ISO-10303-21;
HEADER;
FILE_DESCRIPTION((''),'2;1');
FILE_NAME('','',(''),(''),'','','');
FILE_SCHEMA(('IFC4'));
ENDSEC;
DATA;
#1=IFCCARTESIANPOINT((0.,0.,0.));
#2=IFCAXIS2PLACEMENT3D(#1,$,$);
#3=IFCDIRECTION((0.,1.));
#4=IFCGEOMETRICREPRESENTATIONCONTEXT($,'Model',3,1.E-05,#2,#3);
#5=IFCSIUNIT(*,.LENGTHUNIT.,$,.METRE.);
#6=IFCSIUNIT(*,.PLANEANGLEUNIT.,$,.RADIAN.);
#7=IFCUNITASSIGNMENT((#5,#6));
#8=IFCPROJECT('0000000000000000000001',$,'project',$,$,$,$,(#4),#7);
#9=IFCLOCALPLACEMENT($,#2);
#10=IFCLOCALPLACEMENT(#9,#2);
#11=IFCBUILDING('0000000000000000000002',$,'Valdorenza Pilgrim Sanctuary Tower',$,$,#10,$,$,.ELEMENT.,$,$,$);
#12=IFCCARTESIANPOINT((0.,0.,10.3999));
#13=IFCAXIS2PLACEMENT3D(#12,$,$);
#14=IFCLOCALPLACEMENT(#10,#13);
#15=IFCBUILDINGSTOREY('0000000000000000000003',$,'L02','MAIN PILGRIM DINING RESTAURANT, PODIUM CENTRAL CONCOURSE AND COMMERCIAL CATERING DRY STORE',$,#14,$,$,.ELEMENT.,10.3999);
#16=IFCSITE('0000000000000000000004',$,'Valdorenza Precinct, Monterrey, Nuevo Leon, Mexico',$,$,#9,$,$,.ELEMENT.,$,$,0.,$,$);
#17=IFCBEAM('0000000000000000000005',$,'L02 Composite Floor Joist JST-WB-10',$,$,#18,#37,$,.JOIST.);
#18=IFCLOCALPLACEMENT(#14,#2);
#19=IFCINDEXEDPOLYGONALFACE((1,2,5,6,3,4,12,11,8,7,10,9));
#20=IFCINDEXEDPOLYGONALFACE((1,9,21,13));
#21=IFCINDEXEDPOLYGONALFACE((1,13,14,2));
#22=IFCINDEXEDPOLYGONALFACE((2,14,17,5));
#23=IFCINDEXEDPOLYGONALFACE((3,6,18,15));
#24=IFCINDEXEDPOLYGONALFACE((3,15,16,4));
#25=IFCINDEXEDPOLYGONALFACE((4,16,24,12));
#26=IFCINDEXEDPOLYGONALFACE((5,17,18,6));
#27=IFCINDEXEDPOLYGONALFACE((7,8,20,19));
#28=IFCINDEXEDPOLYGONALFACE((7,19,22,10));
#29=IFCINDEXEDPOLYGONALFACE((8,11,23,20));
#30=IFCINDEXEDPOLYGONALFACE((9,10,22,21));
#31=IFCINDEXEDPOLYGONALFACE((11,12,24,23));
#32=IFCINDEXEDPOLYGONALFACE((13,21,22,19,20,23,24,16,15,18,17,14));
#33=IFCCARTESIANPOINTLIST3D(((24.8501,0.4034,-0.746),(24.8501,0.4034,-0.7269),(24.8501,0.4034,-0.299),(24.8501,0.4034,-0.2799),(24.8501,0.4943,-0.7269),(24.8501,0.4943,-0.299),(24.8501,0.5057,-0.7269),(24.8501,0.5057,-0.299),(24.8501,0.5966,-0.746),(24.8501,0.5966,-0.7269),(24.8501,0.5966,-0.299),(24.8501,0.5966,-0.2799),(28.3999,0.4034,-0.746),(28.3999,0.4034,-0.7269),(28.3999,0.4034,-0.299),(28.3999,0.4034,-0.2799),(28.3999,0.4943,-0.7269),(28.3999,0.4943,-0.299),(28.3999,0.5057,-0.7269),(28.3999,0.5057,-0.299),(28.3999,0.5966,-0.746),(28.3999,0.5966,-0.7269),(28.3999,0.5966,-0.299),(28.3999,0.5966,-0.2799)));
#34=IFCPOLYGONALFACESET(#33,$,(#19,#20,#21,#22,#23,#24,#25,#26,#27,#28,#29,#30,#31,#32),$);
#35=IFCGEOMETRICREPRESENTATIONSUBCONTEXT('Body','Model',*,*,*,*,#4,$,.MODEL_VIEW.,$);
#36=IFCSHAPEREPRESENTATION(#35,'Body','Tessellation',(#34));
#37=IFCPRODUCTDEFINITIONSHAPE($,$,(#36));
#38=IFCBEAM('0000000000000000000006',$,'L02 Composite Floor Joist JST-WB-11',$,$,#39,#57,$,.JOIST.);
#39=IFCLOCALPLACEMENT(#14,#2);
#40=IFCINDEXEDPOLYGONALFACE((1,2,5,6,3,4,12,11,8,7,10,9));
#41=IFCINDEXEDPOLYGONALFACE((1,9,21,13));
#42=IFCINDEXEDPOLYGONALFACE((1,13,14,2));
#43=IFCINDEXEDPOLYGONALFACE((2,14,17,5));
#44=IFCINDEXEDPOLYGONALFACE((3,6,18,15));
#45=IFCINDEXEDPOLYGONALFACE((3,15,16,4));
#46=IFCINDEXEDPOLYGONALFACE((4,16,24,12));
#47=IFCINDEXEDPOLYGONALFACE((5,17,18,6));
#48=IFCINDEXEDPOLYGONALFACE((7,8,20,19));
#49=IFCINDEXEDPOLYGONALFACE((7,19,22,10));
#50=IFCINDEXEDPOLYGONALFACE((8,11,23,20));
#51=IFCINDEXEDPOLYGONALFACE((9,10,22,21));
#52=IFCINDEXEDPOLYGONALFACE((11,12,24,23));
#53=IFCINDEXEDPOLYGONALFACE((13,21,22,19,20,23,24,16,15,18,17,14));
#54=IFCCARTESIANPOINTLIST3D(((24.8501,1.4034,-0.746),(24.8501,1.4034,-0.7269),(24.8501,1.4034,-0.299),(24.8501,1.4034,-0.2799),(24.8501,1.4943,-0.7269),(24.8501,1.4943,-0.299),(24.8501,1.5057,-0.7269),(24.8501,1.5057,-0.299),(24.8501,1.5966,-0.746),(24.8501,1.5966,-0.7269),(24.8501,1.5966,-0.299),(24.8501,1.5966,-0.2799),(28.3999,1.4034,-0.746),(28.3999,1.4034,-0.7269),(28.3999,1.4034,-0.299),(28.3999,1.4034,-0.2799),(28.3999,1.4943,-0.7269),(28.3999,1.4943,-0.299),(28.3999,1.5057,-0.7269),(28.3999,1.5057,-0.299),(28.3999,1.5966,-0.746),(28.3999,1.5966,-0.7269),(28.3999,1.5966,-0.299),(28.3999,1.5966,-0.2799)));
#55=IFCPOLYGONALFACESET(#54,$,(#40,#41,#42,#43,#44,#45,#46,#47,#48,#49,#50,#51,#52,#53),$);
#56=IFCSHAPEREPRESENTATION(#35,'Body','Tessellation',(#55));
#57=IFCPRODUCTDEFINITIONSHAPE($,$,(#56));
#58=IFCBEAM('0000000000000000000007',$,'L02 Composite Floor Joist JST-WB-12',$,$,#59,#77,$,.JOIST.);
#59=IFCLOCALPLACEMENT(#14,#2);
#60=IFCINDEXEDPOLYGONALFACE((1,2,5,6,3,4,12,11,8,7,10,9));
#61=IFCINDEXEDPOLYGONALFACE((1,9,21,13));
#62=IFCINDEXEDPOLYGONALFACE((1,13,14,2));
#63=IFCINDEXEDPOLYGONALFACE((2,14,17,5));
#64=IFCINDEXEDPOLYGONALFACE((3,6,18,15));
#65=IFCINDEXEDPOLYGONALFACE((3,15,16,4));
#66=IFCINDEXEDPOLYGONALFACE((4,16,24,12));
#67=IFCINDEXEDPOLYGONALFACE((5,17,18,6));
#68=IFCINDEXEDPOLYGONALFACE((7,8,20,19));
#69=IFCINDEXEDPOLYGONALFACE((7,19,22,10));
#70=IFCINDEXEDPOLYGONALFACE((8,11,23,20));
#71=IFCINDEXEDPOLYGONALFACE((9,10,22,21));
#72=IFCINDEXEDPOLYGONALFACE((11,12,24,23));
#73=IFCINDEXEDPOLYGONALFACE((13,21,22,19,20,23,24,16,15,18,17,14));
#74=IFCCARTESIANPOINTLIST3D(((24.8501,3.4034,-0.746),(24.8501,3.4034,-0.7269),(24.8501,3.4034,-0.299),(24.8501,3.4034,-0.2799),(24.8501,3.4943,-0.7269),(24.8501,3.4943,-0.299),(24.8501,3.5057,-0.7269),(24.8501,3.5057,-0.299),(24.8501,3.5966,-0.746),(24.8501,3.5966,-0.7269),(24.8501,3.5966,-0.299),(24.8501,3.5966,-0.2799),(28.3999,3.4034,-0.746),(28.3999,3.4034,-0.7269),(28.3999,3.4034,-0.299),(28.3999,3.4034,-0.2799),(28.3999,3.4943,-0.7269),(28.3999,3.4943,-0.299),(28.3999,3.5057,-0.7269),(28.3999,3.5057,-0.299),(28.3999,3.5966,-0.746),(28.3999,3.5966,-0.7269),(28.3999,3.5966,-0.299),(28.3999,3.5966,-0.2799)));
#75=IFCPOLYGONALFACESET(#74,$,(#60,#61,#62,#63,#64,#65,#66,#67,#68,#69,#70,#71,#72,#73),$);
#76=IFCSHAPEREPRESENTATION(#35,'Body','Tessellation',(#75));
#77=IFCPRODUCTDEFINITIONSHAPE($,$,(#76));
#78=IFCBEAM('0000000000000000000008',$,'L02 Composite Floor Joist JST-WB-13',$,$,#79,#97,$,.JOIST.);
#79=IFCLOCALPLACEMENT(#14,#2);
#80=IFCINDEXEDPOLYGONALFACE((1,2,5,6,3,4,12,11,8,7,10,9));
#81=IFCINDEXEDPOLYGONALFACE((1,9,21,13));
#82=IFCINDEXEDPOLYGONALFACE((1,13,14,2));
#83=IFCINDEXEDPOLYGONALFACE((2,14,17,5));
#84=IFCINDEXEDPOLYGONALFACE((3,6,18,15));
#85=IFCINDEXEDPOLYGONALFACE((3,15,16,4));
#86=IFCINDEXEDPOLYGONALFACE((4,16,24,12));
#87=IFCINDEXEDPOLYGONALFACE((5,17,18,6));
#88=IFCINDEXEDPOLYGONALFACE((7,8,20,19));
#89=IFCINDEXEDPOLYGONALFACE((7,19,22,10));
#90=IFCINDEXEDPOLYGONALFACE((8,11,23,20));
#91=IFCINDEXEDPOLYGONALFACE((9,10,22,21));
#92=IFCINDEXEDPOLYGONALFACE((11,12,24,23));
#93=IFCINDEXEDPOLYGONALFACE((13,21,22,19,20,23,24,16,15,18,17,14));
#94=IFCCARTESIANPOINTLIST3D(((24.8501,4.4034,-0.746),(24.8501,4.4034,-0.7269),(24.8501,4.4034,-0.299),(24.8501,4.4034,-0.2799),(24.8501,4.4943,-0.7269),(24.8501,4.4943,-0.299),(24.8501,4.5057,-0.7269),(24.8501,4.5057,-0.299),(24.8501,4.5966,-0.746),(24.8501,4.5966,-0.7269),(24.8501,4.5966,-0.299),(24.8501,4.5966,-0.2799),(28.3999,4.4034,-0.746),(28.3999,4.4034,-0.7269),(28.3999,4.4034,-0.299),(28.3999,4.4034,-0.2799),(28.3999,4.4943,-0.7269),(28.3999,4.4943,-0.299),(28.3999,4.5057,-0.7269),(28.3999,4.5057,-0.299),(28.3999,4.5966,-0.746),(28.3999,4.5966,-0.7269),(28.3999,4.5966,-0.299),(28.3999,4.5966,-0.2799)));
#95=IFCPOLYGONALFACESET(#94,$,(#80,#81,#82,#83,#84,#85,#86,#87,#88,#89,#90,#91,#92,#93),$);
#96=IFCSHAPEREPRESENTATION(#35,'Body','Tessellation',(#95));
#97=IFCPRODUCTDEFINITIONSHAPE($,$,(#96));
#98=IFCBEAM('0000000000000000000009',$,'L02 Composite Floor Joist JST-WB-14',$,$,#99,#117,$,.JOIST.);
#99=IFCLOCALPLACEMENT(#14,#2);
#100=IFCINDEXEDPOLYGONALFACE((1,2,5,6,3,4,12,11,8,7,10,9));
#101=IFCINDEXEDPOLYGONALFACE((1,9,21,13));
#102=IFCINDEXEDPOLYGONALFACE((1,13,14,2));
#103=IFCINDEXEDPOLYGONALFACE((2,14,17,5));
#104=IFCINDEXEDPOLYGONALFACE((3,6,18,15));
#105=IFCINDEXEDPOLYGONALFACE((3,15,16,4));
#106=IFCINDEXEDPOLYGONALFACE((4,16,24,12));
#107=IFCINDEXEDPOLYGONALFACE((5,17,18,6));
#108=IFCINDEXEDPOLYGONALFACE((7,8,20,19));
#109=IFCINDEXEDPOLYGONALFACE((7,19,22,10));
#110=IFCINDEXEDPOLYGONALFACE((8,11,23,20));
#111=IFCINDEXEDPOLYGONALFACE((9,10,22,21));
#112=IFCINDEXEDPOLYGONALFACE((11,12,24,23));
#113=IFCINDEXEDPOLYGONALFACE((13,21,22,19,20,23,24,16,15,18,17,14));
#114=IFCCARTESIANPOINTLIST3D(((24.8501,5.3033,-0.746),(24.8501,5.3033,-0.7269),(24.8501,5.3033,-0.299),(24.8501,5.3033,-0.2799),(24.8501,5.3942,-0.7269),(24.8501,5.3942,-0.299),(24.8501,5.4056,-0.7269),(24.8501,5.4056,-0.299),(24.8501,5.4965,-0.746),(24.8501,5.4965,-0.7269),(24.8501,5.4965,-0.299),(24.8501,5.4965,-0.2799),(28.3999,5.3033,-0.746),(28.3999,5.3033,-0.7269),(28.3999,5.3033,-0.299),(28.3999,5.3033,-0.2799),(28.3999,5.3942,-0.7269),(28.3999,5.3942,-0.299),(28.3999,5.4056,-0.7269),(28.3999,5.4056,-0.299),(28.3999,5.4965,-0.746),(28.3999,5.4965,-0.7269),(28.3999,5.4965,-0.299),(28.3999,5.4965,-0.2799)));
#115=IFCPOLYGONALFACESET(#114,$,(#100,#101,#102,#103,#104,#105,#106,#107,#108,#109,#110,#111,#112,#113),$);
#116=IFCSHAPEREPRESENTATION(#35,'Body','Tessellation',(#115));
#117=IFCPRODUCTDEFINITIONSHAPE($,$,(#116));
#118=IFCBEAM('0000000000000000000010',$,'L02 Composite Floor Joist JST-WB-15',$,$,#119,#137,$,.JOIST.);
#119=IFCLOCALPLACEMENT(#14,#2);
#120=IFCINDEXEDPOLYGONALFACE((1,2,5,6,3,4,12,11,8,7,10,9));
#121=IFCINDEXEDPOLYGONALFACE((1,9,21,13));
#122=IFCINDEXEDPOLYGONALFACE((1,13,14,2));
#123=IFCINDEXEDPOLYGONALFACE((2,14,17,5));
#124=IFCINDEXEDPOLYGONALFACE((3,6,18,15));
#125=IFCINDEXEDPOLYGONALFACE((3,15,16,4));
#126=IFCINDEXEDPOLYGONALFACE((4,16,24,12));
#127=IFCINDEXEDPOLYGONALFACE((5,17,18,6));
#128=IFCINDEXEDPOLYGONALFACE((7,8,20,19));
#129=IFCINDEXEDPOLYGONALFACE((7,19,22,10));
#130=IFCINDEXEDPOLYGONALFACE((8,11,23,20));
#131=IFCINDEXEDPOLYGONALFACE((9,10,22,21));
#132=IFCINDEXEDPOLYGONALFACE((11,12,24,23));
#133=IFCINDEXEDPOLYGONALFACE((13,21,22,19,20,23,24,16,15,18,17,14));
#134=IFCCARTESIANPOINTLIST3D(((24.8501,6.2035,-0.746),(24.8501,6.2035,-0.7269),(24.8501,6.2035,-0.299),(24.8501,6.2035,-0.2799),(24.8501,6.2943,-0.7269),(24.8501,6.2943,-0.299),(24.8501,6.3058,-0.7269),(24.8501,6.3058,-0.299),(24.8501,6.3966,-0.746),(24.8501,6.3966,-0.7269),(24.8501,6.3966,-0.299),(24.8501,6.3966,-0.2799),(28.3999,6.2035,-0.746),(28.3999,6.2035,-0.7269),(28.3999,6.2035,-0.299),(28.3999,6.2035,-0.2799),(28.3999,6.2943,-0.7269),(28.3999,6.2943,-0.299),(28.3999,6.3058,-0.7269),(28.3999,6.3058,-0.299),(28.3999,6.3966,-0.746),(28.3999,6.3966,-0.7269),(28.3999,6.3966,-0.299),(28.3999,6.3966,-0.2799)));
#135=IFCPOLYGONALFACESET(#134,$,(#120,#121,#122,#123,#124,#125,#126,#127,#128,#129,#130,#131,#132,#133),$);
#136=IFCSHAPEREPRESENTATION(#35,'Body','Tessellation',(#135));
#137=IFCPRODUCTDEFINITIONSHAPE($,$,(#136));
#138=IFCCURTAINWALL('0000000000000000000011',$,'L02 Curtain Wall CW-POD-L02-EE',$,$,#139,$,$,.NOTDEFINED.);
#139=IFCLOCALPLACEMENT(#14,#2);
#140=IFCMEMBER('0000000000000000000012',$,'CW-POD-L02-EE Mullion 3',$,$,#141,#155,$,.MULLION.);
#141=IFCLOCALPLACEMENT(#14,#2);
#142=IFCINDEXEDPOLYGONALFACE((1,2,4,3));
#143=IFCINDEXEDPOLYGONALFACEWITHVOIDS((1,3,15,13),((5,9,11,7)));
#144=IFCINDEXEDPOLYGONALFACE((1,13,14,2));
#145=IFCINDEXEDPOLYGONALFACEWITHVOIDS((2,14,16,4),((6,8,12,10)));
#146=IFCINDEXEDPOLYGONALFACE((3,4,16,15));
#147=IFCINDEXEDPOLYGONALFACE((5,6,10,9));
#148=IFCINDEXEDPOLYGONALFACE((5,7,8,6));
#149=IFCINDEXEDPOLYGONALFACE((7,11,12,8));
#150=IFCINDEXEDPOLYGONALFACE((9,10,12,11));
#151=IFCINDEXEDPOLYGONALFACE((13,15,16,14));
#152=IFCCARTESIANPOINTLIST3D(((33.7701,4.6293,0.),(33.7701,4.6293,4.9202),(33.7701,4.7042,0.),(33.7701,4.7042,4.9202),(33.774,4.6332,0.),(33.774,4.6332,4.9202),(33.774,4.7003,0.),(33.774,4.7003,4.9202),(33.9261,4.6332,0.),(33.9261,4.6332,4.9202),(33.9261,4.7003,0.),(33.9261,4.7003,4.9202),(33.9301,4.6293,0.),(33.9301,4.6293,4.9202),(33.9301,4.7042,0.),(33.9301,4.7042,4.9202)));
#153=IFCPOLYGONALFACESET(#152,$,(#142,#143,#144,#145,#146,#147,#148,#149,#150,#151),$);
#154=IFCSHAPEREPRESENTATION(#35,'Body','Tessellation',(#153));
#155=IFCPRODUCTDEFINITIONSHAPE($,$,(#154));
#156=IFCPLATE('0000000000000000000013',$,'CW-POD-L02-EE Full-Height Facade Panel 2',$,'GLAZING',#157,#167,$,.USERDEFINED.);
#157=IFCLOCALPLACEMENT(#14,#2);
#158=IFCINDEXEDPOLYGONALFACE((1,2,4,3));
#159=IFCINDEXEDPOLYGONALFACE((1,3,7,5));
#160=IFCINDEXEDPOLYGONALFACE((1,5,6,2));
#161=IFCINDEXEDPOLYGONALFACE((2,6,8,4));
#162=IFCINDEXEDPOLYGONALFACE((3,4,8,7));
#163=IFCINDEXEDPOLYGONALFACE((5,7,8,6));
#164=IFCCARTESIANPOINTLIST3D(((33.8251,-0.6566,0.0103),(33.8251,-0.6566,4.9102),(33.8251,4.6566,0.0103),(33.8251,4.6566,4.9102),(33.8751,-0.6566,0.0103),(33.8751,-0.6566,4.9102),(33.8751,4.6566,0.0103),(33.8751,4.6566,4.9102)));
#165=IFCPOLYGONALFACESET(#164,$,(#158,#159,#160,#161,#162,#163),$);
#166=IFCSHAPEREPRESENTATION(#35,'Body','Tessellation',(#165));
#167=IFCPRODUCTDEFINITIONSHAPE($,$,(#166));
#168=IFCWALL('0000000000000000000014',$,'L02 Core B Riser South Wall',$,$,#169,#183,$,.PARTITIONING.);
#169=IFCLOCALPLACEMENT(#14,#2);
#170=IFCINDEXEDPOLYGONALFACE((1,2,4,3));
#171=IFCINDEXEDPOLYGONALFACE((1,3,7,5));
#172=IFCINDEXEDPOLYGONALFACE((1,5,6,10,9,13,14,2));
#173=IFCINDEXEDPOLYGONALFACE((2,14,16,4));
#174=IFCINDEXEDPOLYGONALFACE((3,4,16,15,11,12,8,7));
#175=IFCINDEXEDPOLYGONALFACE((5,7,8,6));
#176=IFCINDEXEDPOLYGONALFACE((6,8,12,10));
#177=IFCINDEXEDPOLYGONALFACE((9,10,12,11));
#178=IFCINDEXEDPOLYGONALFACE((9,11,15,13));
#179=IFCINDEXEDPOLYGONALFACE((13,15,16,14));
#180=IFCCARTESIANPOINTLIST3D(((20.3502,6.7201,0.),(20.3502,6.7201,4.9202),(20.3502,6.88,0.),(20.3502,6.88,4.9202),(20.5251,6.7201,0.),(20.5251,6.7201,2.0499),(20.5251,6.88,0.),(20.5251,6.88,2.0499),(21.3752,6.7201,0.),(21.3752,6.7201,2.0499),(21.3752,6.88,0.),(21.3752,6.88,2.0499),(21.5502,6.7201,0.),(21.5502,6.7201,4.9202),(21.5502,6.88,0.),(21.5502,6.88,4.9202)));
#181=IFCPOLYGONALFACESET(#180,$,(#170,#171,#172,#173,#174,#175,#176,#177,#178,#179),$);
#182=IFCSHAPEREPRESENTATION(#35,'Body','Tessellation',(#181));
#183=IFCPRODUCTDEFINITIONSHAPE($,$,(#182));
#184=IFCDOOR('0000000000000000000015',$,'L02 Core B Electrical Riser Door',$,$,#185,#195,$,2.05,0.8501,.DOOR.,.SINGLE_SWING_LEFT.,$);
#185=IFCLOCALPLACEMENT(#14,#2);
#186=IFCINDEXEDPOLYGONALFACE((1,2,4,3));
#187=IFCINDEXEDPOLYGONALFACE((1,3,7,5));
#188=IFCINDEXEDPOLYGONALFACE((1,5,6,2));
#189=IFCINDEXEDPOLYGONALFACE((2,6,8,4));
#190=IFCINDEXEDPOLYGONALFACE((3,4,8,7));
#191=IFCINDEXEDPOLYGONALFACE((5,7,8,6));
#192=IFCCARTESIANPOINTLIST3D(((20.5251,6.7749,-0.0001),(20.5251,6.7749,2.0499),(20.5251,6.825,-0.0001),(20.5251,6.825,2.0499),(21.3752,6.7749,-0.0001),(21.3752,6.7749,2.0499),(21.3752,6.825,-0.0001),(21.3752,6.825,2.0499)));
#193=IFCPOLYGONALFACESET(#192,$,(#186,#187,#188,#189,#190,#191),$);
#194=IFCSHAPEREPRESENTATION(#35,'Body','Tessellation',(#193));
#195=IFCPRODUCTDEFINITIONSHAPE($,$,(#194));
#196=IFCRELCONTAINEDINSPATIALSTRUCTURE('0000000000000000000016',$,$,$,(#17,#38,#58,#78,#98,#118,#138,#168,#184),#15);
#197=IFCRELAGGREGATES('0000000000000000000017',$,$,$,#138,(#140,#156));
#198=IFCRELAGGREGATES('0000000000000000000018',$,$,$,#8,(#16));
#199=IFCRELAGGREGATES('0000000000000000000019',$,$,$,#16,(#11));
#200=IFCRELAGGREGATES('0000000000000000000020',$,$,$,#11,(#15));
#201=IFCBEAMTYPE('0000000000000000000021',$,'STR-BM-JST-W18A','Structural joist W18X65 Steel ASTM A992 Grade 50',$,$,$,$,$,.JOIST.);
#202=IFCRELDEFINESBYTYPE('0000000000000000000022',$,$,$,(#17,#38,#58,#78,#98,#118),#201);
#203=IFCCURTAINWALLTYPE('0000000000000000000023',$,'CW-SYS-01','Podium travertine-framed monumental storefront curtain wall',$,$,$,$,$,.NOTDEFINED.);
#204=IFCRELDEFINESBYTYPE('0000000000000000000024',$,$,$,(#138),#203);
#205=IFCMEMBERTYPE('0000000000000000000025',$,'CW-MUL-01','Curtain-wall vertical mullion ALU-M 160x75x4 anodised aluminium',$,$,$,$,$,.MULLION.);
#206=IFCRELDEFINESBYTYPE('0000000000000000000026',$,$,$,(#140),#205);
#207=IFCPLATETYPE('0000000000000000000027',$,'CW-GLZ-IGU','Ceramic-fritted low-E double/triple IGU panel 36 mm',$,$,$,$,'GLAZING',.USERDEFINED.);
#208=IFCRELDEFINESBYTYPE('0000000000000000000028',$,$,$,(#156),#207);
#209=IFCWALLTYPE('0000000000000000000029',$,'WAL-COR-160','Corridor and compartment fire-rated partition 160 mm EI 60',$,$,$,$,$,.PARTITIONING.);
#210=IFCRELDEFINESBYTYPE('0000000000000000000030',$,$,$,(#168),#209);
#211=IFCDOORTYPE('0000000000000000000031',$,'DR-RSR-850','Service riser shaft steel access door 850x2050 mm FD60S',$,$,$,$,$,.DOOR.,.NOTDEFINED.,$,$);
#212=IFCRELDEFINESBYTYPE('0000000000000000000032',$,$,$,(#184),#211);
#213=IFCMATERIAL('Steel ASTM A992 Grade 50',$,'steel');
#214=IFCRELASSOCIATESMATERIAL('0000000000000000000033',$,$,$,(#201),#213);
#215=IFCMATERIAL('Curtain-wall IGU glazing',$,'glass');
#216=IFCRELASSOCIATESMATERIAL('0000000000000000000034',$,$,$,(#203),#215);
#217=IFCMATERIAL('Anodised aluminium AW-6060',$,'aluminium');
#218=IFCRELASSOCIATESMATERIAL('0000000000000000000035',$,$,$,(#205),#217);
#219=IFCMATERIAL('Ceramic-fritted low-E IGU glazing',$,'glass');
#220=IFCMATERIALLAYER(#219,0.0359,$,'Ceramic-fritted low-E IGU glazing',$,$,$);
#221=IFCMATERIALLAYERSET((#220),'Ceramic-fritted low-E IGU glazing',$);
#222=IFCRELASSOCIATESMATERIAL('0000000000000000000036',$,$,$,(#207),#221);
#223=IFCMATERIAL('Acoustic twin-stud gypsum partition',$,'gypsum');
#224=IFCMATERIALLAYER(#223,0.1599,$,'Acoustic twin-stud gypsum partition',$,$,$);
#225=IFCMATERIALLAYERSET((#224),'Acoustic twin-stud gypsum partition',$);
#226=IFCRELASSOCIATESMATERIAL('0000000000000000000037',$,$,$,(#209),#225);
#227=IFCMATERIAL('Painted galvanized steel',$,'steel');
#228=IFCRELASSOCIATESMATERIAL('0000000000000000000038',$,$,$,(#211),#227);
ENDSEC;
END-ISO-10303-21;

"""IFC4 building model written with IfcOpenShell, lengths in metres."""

from ifc_helpers import new_model, si_unit, direction, frame, frame_2d, origin, origin_2d, place, context, subcontext, project, spatial, rectangle, hollow_rectangle, i_section, extrude, source, transform, mapped, material, layer, layer_set, material_profile, profile_set, type_object, element, fill, aggregate, save


model = new_model("IFC4")

# Units and contexts
model_context = context("Model", 3, precision=1e-05, world=origin(), true_north=direction((0.0, 1.0)))
body_context = subcontext(model_context, "Body", "Model", "MODEL_VIEW")
ifc_project = project(units=[si_unit("LENGTHUNIT", "METRE"), si_unit("PLANEANGLEUNIT", "RADIAN")], contexts=[model_context])

# Site, building, storey
site_placement = place(None, origin())
site = spatial("IfcSite", under=ifc_project, at=site_placement, Name="Valdorenza Precinct, Monterrey, Nuevo Leon, Mexico", CompositionType="ELEMENT", RefElevation=0.0)
building_placement = place(site_placement, origin())
building = spatial("IfcBuilding", under=site, at=building_placement, Name="Valdorenza Pilgrim Sanctuary Tower", CompositionType="ELEMENT")
storey_placement = place(building_placement, frame((0.0, 0.0, 10.3999)))
storey = spatial("IfcBuildingStorey", under=building, at=storey_placement, Name="L02", Description="MAIN PILGRIM DINING RESTAURANT, PODIUM CENTRAL CONCOURSE AND COMMERCIAL CATERING DRY STORE", CompositionType="ELEMENT", Elevation=10.3999)

# Beams
ifc_material_1 = material(Name="Steel ASTM A992 Grade 50", Category="steel")
ifc_material_profile_1 = material_profile(ifc_material_1, i_section(OverallWidth=0.1931, OverallDepth=0.4661, WebThickness=0.0115, FlangeThickness=0.019, at=origin_2d()), Name="W18X65")
ifc_profile_set_1 = profile_set([ifc_material_profile_1], Name="Steel ASTM A992 Grade 50")
beam_type = type_object("IfcBeamType", Name="STR-BM-JST-W18A", Description="Structural joist W18X65 Steel ASTM A992 Grade 50", PredefinedType="JOIST", material=ifc_profile_set_1)
shared_shape_1 = source(origin(), body_context, "Body", "SweptSolid", [
    extrude(i_section(OverallWidth=0.1931, OverallDepth=0.4661, WebThickness=0.0115, FlangeThickness=0.019, at=origin_2d()), origin(), (0.0, 0.0, 1.0), 3.5498),
])
for number, where, z_axis, x_axis, name in (
    (1, (24.8501, 0.5, -0.5129), (1.0, 0.0, 0.0), (0.0, 1.0, 0.0), "L02 Composite Floor Joist JST-WB-10"),
    (2, (24.8501, 1.5, -0.5129), (1.0, 0.0, 0.0), (0.0, 1.0, 0.0), "L02 Composite Floor Joist JST-WB-11"),
    (3, (24.8501, 3.5, -0.5129), (1.0, 0.0, 0.0), (0.0, 1.0, 0.0), "L02 Composite Floor Joist JST-WB-12"),
    (4, (24.8501, 4.5, -0.5129), (1.0, 0.0, 0.0), (0.0, 1.0, 0.0), "L02 Composite Floor Joist JST-WB-13"),
    (5, (24.8501, 5.3999, -0.5129), (1.0, 0.0, 0.0), (0.0, 1.0, 0.0), "L02 Composite Floor Joist JST-WB-14"),
    (6, (24.8501, 6.3, -0.5129), (1.0, 0.0, 0.0), (0.0, 1.0, 0.0), "L02 Composite Floor Joist JST-WB-15"),
):
    element("IfcBeam", number, at=place(storey_placement, frame(where, z_axis=z_axis, x_axis=x_axis)), inside=storey, type_object=beam_type, Name=name, PredefinedType="JOIST", context=body_context, shape_type="MappedRepresentation", body=[
        mapped(shared_shape_1, transform((0.0, 0.0, 0.0), x_axis=(1.0, 0.0, 0.0), y_axis=(0.0, 1.0, 0.0), z_axis=(0.0, 0.0, 1.0), scale=1.0)),
    ])

# Curtain wall, member, plate
ifc_material_2 = material(Name="Curtain-wall IGU glazing", Category="glass")
curtain_wall_type = type_object("IfcCurtainWallType", Name="CW-SYS-01", Description="Podium travertine-framed monumental storefront curtain wall", PredefinedType="NOTDEFINED", material=ifc_material_2)
curtain_wall_placement = place(storey_placement, origin())
curtain_wall = element("IfcCurtainWall", 7, at=curtain_wall_placement, inside=storey, type_object=curtain_wall_type, Name="L02 Curtain Wall CW-POD-L02-EE", PredefinedType="NOTDEFINED")
ifc_material_3 = material(Name="Anodised aluminium AW-6060", Category="aluminium")
ifc_material_profile_2 = material_profile(ifc_material_3, hollow_rectangle(XDim=0.075, YDim=0.1599, WallThickness=0.0039, at=origin_2d()), Name="ALU-M 160x75x4")
ifc_profile_set_2 = profile_set([ifc_material_profile_2], Name="Anodised aluminium AW-6060")
member_type = type_object("IfcMemberType", Name="CW-MUL-01", Description="Curtain-wall vertical mullion ALU-M 160x75x4 anodised aluminium", PredefinedType="MULLION", material=ifc_profile_set_2)
shared_shape_2 = source(origin(), body_context, "Body", "SweptSolid", [
    extrude(hollow_rectangle(XDim=0.075, YDim=0.1599, WallThickness=0.0039, at=origin_2d()), origin(), (0.0, 0.0, 1.0), 4.9202),
])
member_placement = place(storey_placement, frame((33.8501, 4.6667, 0.0), z_axis=(0.0, 0.0, 1.0), x_axis=(0.0, 1.0, 0.0)))
member = element("IfcMember", 8, at=member_placement, type_object=member_type, Name="CW-POD-L02-EE Mullion 3", PredefinedType="MULLION", context=body_context, shape_type="MappedRepresentation", body=[
    mapped(shared_shape_2, transform((0.0, 0.0, 0.0), x_axis=(1.0, 0.0, 0.0), y_axis=(0.0, 1.0, 0.0), z_axis=(0.0, 0.0, 1.0), scale=1.0)),
])
ifc_material_4 = material(Name="Ceramic-fritted low-E IGU glazing", Category="glass")
ifc_layer_1 = layer(ifc_material_4, 0.0359, Name="Ceramic-fritted low-E IGU glazing")
ifc_layer_set_1 = layer_set([ifc_layer_1], Name="Ceramic-fritted low-E IGU glazing")
plate_type = type_object("IfcPlateType", Name="CW-GLZ-IGU", Description="Ceramic-fritted low-E double/triple IGU panel 36 mm", ElementType="GLAZING", PredefinedType="USERDEFINED", material=ifc_layer_set_1)
shared_shape_3 = source(origin(), body_context, "Body", "SweptSolid", [
    extrude(rectangle(XDim=5.3132, YDim=0.05, at=origin_2d()), origin(), (0.0, 0.0, 1.0), 4.8999),
])
plate_placement = place(storey_placement, frame((33.8501, 2.0, 0.0103), z_axis=(0.0, 0.0, 1.0), x_axis=(0.0, 1.0, 0.0)))
plate = element("IfcPlate", 9, at=plate_placement, type_object=plate_type, Name="CW-POD-L02-EE Full-Height Facade Panel 2", ObjectType="GLAZING", PredefinedType="USERDEFINED", context=body_context, shape_type="MappedRepresentation", body=[
    mapped(shared_shape_3, transform((0.0, 0.0, 0.0), x_axis=(1.0, 0.0, 0.0), y_axis=(0.0, 1.0, 0.0), z_axis=(0.0, 0.0, 1.0), scale=1.0)),
])
aggregate(curtain_wall, [member, plate])

# Wall, opening, door
ifc_material_5 = material(Name="Acoustic twin-stud gypsum partition", Category="gypsum")
ifc_layer_2 = layer(ifc_material_5, 0.1599, Name="Acoustic twin-stud gypsum partition")
ifc_layer_set_2 = layer_set([ifc_layer_2], Name="Acoustic twin-stud gypsum partition")
wall_type_1 = type_object("IfcWallType", Name="WAL-COR-160", Description="Corridor and compartment fire-rated partition 160 mm EI 60", PredefinedType="PARTITIONING", material=ifc_layer_set_2)
wall_1_placement = place(storey_placement, frame((20.3501, 6.8, 0.0), z_axis=(0.0, 0.0, 1.0), x_axis=(1.0, 0.0, 0.0)))
wall_1 = element("IfcWall", 10, at=wall_1_placement, inside=storey, type_object=wall_type_1, Name="L02 Core B Riser South Wall", PredefinedType="PARTITIONING", context=body_context, shape_type="SweptSolid", body=[
    extrude(rectangle(XDim=1.2, YDim=0.1599, at=frame_2d((0.6001, 0.0))), origin(), (0.0, 0.0, 1.0), 4.9202),
])
opening_placement = place(wall_1_placement, frame((0.175, 0.0, 0.0)))
opening = element("IfcOpeningElement", 11, at=opening_placement, cuts=wall_1, PredefinedType="OPENING", context=body_context, shape_type="SweptSolid", body=[
    extrude(rectangle(XDim=0.8501, YDim=2.05, at=frame_2d((0.425, 1.0249))), frame((0.0, 0.0947, 0.0), z_axis=(0.0, -1.0, 0.0), x_axis=(1.0, 0.0, 0.0)), (0.0, 0.0, 1.0), 0.1897),
])
ifc_material_6 = material(Name="Painted galvanized steel", Category="steel")
door_type = type_object("IfcDoorType", Name="DR-RSR-850", Description="Service riser shaft steel access door 850x2050 mm FD60S", OperationType="NOTDEFINED", PredefinedType="DOOR", material=ifc_material_6)
door_placement = place(opening_placement, origin())
door = element("IfcDoor", 12, at=door_placement, inside=storey, type_object=door_type, Name="L02 Core B Electrical Riser Door", OperationType="SINGLE_SWING_LEFT", OverallHeight=2.05, OverallWidth=0.8501, PredefinedType="DOOR", context=body_context, shape_type="SweptSolid", body=[
    extrude(rectangle(XDim=0.8501, YDim=2.05, at=frame_2d((0.425, 1.0249))), frame((0.0, 0.0249, 0.0), z_axis=(0.0, -1.0, 0.0), x_axis=(1.0, 0.0, 0.0)), (0.0, 0.0, 1.0), 0.05),
])
fill(opening, door)

save(model, "model.ifc")
